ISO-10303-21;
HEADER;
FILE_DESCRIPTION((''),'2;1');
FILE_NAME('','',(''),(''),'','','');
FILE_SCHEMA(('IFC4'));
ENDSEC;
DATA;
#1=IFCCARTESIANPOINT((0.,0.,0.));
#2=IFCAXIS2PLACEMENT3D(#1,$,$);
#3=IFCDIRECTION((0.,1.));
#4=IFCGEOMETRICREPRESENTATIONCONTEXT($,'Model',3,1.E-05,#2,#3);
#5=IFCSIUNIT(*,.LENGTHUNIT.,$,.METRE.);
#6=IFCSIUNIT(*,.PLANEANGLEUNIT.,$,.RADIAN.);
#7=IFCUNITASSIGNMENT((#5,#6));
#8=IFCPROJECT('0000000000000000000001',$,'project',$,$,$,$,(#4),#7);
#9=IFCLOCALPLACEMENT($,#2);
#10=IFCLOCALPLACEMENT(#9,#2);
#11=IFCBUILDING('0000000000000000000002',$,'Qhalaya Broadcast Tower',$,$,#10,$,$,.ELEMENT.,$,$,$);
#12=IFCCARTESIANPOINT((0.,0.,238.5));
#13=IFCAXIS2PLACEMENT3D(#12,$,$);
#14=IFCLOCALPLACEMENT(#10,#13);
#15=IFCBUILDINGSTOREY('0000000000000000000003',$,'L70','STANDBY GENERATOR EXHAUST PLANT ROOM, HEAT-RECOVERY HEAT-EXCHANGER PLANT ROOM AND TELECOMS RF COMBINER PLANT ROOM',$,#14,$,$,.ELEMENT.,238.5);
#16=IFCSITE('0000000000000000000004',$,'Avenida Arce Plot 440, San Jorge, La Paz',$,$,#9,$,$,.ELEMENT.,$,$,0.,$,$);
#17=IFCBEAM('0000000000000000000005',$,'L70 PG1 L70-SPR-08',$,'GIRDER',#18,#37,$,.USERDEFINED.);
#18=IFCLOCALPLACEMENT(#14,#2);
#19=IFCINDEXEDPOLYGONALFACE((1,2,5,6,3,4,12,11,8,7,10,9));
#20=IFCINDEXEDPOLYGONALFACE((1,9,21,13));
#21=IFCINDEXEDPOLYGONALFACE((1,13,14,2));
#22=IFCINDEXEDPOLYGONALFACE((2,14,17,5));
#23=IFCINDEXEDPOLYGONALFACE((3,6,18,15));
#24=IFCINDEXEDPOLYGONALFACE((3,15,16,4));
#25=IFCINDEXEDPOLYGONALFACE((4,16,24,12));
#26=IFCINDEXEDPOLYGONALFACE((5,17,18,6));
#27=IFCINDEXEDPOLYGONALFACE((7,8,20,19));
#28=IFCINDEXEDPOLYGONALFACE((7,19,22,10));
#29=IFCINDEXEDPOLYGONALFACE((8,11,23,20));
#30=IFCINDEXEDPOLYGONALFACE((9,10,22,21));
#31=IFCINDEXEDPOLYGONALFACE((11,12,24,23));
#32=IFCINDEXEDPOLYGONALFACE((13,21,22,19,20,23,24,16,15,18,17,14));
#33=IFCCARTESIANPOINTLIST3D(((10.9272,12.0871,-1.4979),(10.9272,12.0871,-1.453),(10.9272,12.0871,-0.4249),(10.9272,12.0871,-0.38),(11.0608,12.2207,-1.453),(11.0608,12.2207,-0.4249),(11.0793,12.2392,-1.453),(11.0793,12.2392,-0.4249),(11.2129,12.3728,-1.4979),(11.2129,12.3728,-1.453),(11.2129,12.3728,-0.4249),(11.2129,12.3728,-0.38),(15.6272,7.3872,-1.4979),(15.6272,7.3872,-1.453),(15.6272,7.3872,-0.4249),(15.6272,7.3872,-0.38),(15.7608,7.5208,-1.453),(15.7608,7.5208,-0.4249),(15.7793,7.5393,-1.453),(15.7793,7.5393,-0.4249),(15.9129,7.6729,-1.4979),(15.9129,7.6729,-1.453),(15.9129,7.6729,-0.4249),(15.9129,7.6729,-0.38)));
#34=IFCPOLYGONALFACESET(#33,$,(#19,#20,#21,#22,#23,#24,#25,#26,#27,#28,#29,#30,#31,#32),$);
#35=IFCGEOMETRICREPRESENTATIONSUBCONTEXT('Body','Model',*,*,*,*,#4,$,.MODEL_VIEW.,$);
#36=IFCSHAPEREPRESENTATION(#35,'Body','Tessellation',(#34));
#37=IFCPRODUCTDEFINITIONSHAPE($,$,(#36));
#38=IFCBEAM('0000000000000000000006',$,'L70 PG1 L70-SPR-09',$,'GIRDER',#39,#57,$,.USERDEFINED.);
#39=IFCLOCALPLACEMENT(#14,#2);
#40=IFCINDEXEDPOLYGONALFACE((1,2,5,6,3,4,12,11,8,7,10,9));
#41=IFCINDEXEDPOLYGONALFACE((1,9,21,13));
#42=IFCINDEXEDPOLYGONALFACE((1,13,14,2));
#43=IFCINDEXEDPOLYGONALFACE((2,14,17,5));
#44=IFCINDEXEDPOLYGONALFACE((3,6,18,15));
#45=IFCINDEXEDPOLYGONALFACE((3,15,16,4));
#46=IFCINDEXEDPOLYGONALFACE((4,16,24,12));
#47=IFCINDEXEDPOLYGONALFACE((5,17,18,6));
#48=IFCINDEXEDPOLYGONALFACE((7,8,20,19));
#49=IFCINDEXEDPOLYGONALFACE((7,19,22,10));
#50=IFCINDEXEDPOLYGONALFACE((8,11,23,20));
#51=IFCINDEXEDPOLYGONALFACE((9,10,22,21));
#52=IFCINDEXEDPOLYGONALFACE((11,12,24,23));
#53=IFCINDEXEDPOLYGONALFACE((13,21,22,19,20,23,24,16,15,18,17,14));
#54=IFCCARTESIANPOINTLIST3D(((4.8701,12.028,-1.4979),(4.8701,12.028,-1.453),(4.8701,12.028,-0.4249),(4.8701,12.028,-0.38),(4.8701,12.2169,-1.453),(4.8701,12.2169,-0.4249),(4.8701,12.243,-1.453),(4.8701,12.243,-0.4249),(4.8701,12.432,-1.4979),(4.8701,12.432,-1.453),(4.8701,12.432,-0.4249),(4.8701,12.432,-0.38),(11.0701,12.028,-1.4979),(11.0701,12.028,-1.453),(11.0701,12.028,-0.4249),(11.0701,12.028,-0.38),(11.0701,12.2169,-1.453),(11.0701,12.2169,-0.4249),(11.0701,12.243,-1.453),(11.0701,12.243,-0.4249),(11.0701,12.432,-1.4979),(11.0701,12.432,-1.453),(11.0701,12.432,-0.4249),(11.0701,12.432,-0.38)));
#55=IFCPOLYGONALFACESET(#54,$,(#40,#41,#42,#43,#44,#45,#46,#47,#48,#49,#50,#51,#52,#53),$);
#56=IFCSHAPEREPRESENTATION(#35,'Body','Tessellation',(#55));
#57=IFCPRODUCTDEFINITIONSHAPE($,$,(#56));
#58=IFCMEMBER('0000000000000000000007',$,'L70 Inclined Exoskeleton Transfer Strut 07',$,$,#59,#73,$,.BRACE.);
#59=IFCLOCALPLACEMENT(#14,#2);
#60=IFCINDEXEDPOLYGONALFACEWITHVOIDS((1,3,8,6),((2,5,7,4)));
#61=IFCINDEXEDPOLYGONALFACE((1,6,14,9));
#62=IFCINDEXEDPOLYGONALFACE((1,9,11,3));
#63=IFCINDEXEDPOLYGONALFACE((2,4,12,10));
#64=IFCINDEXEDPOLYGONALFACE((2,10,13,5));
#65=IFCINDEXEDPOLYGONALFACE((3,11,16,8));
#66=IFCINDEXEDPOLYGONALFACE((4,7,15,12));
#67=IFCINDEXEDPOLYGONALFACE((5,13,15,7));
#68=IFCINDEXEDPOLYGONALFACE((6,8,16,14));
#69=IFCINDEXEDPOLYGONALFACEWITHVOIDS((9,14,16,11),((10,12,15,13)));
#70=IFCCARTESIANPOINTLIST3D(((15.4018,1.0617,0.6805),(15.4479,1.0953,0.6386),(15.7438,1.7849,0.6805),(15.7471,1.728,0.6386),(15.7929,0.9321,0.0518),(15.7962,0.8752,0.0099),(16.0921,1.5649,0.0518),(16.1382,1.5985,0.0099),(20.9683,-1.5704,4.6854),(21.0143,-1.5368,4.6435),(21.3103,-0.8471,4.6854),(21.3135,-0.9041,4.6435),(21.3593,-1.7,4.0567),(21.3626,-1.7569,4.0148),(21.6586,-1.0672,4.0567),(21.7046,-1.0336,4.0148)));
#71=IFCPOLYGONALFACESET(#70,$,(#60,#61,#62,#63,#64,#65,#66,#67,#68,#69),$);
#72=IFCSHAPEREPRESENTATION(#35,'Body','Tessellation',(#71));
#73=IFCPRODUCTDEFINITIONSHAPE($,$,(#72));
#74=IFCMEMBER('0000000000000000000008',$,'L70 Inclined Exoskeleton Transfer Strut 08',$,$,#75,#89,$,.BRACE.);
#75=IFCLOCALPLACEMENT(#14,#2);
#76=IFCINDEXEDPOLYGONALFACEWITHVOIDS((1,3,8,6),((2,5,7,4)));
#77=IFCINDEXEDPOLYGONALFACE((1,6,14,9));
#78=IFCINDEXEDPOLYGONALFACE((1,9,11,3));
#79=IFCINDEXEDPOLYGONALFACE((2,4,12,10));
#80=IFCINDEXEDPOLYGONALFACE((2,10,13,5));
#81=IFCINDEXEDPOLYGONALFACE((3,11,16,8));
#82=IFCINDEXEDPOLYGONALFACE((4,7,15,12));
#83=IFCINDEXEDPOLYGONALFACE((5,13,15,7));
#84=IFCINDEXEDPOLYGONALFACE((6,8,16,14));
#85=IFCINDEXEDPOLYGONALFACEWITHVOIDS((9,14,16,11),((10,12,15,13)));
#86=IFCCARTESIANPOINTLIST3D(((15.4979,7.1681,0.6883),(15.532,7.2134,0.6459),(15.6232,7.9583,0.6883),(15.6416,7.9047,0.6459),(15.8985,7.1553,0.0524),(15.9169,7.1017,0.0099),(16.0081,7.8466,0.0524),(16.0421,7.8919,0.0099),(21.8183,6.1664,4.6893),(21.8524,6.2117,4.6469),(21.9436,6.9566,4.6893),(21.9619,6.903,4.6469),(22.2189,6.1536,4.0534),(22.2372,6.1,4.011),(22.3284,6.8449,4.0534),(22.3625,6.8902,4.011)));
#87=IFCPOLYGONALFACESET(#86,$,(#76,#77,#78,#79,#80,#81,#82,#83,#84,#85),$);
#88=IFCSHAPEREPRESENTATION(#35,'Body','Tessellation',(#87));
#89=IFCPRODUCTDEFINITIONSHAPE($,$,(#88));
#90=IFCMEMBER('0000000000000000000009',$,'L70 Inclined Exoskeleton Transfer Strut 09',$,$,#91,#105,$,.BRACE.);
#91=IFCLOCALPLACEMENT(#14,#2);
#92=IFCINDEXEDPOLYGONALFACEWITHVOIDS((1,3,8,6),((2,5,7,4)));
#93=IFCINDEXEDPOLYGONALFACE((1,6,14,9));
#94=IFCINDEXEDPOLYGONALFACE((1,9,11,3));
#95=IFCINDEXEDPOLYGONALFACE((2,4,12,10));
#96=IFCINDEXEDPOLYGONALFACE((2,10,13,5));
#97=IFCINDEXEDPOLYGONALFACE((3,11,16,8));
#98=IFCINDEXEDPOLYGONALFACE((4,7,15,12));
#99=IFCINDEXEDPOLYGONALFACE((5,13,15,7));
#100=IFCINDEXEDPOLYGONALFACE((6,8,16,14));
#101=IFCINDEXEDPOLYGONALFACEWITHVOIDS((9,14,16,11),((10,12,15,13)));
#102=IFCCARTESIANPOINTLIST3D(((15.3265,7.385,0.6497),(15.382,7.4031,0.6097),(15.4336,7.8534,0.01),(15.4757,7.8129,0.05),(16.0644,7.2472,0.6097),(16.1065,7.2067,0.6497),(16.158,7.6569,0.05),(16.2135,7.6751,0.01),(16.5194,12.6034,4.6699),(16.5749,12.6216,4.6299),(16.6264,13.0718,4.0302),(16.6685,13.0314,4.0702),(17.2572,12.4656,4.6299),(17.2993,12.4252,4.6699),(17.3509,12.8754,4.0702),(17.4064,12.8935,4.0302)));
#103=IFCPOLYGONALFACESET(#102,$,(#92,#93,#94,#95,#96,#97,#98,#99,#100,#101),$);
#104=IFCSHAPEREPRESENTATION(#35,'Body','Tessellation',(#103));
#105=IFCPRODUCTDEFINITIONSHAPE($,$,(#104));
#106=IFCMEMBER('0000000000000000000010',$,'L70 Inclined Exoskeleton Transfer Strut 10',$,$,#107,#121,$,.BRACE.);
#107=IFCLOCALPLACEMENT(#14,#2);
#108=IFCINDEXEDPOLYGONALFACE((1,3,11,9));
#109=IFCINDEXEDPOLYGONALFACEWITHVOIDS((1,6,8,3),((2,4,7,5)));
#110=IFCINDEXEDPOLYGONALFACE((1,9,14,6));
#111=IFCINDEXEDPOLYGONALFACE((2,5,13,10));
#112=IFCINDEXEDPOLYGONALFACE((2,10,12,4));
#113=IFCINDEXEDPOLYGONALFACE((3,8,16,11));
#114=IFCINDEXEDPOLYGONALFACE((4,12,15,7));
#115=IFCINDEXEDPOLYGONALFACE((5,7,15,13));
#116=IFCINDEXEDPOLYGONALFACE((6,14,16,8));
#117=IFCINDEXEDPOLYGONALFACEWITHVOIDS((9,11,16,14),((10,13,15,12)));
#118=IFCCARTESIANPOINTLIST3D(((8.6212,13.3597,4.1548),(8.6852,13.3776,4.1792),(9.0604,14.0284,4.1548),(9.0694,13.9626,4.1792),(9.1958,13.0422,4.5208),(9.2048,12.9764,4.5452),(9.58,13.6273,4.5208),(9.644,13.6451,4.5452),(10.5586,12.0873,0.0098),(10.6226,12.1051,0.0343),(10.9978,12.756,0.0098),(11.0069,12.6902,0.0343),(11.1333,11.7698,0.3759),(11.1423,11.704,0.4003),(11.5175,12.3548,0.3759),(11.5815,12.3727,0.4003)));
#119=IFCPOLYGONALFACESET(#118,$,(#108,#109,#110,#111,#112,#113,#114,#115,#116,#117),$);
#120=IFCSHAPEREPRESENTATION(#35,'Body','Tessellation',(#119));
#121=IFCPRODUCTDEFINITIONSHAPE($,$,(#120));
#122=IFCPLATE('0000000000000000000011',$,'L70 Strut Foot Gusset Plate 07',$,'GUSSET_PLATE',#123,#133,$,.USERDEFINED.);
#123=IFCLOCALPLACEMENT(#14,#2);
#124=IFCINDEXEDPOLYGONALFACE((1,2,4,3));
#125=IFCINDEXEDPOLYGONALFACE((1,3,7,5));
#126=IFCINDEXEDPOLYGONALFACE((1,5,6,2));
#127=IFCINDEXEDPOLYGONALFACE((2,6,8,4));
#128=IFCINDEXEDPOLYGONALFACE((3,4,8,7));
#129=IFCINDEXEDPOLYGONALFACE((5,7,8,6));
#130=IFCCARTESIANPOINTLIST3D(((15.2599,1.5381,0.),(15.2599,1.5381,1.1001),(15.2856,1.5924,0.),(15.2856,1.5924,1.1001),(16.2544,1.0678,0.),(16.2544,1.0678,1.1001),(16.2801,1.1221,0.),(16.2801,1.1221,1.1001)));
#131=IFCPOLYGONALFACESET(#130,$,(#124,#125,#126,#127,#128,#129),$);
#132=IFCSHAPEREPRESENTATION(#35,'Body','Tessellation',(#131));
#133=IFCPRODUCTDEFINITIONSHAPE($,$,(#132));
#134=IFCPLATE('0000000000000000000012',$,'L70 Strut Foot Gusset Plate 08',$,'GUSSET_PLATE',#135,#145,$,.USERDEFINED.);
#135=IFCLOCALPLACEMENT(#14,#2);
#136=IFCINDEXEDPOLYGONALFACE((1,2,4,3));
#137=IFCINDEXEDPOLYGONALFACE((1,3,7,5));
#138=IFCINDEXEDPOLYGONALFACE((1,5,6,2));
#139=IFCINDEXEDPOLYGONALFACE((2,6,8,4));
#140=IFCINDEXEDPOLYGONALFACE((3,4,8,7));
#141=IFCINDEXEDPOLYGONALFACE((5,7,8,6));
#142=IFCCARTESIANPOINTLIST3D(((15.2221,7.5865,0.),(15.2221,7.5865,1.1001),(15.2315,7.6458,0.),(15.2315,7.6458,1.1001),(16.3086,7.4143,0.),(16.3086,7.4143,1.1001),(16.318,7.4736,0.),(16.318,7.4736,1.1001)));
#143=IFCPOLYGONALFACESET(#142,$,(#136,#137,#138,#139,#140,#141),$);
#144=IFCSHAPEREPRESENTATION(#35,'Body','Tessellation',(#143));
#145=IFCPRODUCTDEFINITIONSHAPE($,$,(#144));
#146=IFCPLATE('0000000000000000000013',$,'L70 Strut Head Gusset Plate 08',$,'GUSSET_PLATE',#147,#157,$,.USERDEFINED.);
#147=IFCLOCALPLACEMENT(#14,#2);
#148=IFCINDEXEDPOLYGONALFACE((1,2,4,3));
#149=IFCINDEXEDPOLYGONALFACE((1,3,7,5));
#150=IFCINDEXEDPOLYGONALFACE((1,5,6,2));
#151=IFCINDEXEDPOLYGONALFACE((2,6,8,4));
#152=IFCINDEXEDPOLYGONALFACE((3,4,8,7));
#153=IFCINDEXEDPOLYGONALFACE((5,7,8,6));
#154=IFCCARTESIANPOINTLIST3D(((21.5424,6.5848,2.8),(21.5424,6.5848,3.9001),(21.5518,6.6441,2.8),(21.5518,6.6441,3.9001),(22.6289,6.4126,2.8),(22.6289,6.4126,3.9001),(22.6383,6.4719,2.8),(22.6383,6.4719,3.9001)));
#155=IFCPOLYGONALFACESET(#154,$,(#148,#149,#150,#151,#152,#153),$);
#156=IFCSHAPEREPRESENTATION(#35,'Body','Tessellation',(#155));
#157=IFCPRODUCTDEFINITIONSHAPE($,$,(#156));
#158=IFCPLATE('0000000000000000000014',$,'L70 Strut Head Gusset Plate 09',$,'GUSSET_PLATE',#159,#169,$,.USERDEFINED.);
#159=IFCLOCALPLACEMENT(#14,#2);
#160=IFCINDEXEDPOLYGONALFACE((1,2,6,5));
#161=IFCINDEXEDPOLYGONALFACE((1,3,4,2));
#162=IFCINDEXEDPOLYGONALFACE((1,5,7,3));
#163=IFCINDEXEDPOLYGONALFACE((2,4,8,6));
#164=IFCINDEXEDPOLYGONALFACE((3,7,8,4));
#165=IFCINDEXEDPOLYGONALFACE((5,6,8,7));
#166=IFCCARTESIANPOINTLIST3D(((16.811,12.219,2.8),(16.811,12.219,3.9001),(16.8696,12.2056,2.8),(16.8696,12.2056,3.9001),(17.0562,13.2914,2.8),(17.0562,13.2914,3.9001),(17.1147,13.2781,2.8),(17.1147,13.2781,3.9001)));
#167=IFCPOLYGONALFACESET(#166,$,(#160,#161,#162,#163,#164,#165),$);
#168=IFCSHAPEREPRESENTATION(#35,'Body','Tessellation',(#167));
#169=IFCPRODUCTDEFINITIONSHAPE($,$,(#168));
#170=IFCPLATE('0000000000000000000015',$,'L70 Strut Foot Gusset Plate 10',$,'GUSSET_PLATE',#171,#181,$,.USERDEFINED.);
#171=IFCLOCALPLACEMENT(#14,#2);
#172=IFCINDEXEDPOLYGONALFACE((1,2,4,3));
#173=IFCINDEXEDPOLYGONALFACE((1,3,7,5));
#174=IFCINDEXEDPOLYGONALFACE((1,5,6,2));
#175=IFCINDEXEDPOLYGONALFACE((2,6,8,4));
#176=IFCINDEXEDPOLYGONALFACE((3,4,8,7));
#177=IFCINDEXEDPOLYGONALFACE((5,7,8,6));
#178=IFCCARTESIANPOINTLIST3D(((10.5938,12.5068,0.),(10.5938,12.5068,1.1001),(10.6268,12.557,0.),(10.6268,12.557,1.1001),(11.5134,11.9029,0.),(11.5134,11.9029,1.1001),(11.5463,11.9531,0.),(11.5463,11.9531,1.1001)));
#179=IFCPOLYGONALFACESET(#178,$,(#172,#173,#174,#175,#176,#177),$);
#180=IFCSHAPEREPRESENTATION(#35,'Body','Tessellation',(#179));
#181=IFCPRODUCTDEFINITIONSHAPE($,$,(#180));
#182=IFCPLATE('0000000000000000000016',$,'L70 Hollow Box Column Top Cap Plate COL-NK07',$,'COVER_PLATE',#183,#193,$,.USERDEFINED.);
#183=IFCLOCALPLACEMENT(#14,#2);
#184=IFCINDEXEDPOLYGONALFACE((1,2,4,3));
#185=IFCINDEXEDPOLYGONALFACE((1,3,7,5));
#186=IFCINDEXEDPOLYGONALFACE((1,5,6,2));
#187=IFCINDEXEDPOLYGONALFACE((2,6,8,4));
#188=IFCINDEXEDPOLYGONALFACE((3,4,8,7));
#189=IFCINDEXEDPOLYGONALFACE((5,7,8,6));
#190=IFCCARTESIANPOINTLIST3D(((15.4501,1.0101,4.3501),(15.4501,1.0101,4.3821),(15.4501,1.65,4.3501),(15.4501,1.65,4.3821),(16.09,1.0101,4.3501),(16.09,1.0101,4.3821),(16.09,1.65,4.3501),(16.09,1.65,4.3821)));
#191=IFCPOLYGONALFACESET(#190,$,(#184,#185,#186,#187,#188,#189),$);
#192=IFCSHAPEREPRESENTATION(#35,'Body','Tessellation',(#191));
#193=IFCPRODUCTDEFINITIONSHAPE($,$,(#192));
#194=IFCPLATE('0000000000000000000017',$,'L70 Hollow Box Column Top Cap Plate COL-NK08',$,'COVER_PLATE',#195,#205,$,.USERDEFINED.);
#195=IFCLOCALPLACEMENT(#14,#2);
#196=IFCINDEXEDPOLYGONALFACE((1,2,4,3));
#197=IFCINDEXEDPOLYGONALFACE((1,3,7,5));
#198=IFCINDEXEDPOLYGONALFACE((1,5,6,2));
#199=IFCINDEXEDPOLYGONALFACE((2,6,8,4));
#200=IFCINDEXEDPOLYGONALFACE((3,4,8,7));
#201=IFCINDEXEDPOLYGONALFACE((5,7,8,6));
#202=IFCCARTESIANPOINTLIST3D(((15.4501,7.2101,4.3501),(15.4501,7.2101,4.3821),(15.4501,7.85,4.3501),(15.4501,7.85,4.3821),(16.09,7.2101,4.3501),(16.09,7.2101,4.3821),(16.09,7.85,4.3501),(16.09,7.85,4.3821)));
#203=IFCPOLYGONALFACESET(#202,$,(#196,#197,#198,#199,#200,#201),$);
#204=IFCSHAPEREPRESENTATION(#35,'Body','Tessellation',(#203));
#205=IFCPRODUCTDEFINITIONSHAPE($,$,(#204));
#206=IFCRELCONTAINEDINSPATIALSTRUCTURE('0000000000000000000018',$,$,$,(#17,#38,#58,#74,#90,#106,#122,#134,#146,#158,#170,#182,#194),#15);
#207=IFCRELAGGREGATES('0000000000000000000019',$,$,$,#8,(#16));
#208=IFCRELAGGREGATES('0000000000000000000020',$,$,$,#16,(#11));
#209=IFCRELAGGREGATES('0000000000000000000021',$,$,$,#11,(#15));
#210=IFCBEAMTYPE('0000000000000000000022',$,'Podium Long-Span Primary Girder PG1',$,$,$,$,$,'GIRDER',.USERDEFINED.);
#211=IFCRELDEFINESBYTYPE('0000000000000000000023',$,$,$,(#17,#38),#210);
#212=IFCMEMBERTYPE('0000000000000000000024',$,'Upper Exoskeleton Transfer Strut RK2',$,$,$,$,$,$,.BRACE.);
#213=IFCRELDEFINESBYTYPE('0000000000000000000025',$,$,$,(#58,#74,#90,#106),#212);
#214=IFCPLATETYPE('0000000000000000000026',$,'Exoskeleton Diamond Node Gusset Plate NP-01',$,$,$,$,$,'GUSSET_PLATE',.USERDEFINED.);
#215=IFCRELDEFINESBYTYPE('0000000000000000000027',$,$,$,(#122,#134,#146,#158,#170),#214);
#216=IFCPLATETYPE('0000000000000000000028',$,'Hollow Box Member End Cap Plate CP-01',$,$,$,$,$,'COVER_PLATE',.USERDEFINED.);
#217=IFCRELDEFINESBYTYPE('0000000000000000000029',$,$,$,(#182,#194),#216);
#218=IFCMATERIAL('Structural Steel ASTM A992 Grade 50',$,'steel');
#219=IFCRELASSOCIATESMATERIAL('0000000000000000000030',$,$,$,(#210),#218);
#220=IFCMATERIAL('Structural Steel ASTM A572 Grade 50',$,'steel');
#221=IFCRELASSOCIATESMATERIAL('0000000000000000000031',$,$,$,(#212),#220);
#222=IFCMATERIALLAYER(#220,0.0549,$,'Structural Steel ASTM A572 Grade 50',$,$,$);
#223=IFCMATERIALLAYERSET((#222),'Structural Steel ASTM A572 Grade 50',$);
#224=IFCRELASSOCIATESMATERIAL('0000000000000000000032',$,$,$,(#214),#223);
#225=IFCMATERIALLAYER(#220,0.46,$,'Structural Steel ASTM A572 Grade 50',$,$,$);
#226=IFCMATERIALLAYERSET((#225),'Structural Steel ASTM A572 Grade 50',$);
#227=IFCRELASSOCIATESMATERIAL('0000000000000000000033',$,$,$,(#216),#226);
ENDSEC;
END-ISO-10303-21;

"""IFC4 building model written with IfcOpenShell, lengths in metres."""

from ifc_helpers import new_model, si_unit, direction, frame, origin, origin_2d, place, context, subcontext, project, spatial, rectangle, hollow_rectangle, i_section, extrude, material, layer, layer_set, material_profile, profile_set, type_object, element, save


model = new_model("IFC4")

# Units and contexts
model_context = context("Model", 3, precision=1e-05, world=origin(), true_north=direction((0.0, 1.0)))
body_context = subcontext(model_context, "Body", "Model", "MODEL_VIEW")
ifc_project = project(units=[si_unit("LENGTHUNIT", "METRE"), si_unit("PLANEANGLEUNIT", "RADIAN")], contexts=[model_context])

# Site, building, storey
site_placement = place(None, origin())
site = spatial("IfcSite", under=ifc_project, at=site_placement, Name="Avenida Arce Plot 440, San Jorge, La Paz", CompositionType="ELEMENT", RefElevation=0.0)
building_placement = place(site_placement, origin())
building = spatial("IfcBuilding", under=site, at=building_placement, Name="Qhalaya Broadcast Tower", CompositionType="ELEMENT")
storey_placement = place(building_placement, frame((0.0, 0.0, 238.5)))
storey = spatial("IfcBuildingStorey", under=building, at=storey_placement, Name="L70", Description="STANDBY GENERATOR EXHAUST PLANT ROOM, HEAT-RECOVERY HEAT-EXCHANGER PLANT ROOM AND TELECOMS RF COMBINER PLANT ROOM", CompositionType="ELEMENT", Elevation=238.5)

# Shared definitions
ifc_material_1 = material(Name="Structural Steel ASTM A572 Grade 50", Category="steel")

# Beams
ifc_material_2 = material(Name="Structural Steel ASTM A992 Grade 50", Category="steel")
ifc_material_profile_1 = material_profile(ifc_material_2, i_section(OverallWidth=0.4041, OverallDepth=1.1179, WebThickness=0.0261, FlangeThickness=0.0449, at=origin_2d()), Name="W44X335")
ifc_profile_set_1 = profile_set([ifc_material_profile_1], Name="Structural Steel ASTM A992 Grade 50")
beam_type_1 = type_object("IfcBeamType", Name="Podium Long-Span Primary Girder PG1", ElementType="GIRDER", PredefinedType="USERDEFINED", material=ifc_profile_set_1)
beam_1_placement = place(storey_placement, frame((15.77, 7.53, -0.939), z_axis=(-0.707107, 0.707107, 0.0), x_axis=(-0.707107, -0.707107, 0.0)))
element("IfcBeam", 1, at=beam_1_placement, inside=storey, type_object=beam_type_1, Name="L70 PG1 L70-SPR-08", ObjectType="GIRDER", PredefinedType="USERDEFINED", context=body_context, shape_type="SweptSolid", body=[
    extrude(i_section(OverallWidth=0.4041, OverallDepth=1.1179, WebThickness=0.0261, FlangeThickness=0.0449, at=origin_2d()), origin(), (0.0, 0.0, 1.0), 6.6467),
])
beam_2_placement = place(storey_placement, frame((11.0701, 12.23, -0.939), z_axis=(-1.0, 0.0, 0.0), x_axis=(0.0, -1.0, 0.0)))
element("IfcBeam", 2, at=beam_2_placement, inside=storey, type_object=beam_type_1, Name="L70 PG1 L70-SPR-09", ObjectType="GIRDER", PredefinedType="USERDEFINED", context=body_context, shape_type="SweptSolid", body=[
    extrude(i_section(OverallWidth=0.4041, OverallDepth=1.1179, WebThickness=0.0261, FlangeThickness=0.0449, at=origin_2d()), origin(), (0.0, 0.0, 1.0), 6.2),
])

# Members
ifc_material_profile_2 = material_profile(ifc_material_1, hollow_rectangle(XDim=0.8, YDim=0.8, WallThickness=0.05, at=origin_2d()), Name="BOX 800x800x50")
ifc_profile_set_2 = profile_set([ifc_material_profile_2], Name="Structural Steel ASTM A572 Grade 50")
member_type = type_object("IfcMemberType", Name="Upper Exoskeleton Transfer Strut RK2", PredefinedType="BRACE", material=ifc_profile_set_2)
member_1_placement = place(storey_placement, frame((15.77, 1.3301, 0.3452), z_axis=(0.75783, -0.358341, 0.545239), x_axis=(0.427471, 0.904029, 0.0)))
element("IfcMember", 3, at=member_1_placement, inside=storey, type_object=member_type, Name="L70 Inclined Exoskeleton Transfer Strut 07", PredefinedType="BRACE", context=body_context, shape_type="SweptSolid", body=[
    extrude(hollow_rectangle(XDim=0.8, YDim=0.8, WallThickness=0.05, at=origin_2d()), origin(), (0.0, 0.0, 1.0), 7.3452),
])
member_2_placement = place(storey_placement, frame((15.77, 7.53, 0.3491), z_axis=(0.837457, -0.132729, 0.53014), x_axis=(0.156537, 0.987672, 0.0)))
element("IfcMember", 4, at=member_2_placement, inside=storey, type_object=member_type, Name="L70 Inclined Exoskeleton Transfer Strut 08", PredefinedType="BRACE", context=body_context, shape_type="SweptSolid", body=[
    extrude(hollow_rectangle(XDim=0.8, YDim=0.8, WallThickness=0.05, at=origin_2d()), origin(), (0.0, 0.0, 1.0), 7.5471),
])
member_3_placement = place(storey_placement, frame((15.77, 7.53, 0.3298), z_axis=(0.178183, 0.779505, 0.600519), x_axis=(-0.974856, 0.222837, 0.0)))
element("IfcMember", 5, at=member_3_placement, inside=storey, type_object=member_type, Name="L70 Inclined Exoskeleton Transfer Strut 09", PredefinedType="BRACE", context=body_context, shape_type="SweptSolid", body=[
    extrude(hollow_rectangle(XDim=0.8, YDim=0.8, WallThickness=0.05, at=origin_2d()), origin(), (0.0, 0.0, 1.0), 6.6946),
])
member_4_placement = place(storey_placement, frame((11.0701, 12.23, 0.2051), z_axis=(-0.407969, 0.267936, 0.872795), x_axis=(-0.548951, -0.835855, 0.0)))
element("IfcMember", 6, at=member_4_placement, inside=storey, type_object=member_type, Name="L70 Inclined Exoskeleton Transfer Strut 10", PredefinedType="BRACE", context=body_context, shape_type="SweptSolid", body=[
    extrude(hollow_rectangle(XDim=0.8, YDim=0.8, WallThickness=0.05, at=origin_2d()), origin(), (0.0, 0.0, 1.0), 4.749),
])

# Plates
ifc_layer_1 = layer(ifc_material_1, 0.0549, Name="Structural Steel ASTM A572 Grade 50")
ifc_layer_set_1 = layer_set([ifc_layer_1], Name="Structural Steel ASTM A572 Grade 50")
plate_type_1 = type_object("IfcPlateType", Name="Exoskeleton Diamond Node Gusset Plate NP-01", ElementType="GUSSET_PLATE", PredefinedType="USERDEFINED", material=ifc_layer_set_1)
for number, where, z_axis, x_axis, name in (
    (7, (15.77, 1.3301, 0.0), (0.0, 0.0, 1.0), (0.90403, -0.427468, 0.0), "L70 Strut Foot Gusset Plate 07"),
    (8, (15.77, 7.53, 0.0), (0.0, 0.0, 1.0), (0.987675, -0.156521, 0.0), "L70 Strut Foot Gusset Plate 08"),
    (9, (22.0903, 6.5283, 2.8), (0.0, 0.0, 1.0), (0.987675, -0.156521, 0.0), "L70 Strut Head Gusset Plate 08"),
    (10, (16.9629, 12.7485, 2.8), (0.0, 0.0, 1.0), (0.222859, 0.974851, 0.0), "L70 Strut Head Gusset Plate 09"),
    (11, (11.0701, 12.23, 0.0), (0.0, 0.0, 1.0), (-0.835865, 0.548935, 0.0), "L70 Strut Foot Gusset Plate 10"),
):
    element("IfcPlate", number, at=place(storey_placement, frame(where, z_axis=z_axis, x_axis=x_axis)), inside=storey, type_object=plate_type_1, Name=name, ObjectType="GUSSET_PLATE", PredefinedType="USERDEFINED", context=body_context, shape_type="SweptSolid", body=[
        extrude(rectangle(XDim=1.1001, YDim=0.0601, at=origin_2d()), origin(), (0.0, 0.0, 1.0), 1.1001),
    ])
ifc_layer_2 = layer(ifc_material_1, 0.46, Name="Structural Steel ASTM A572 Grade 50")
ifc_layer_set_2 = layer_set([ifc_layer_2], Name="Structural Steel ASTM A572 Grade 50")
plate_type_2 = type_object("IfcPlateType", Name="Hollow Box Member End Cap Plate CP-01", ElementType="COVER_PLATE", PredefinedType="USERDEFINED", material=ifc_layer_set_2)
for number, where, z_axis, x_axis, name in (
    (12, (15.77, 1.3301, 4.3501), (0.0, 0.0, 1.0), (0.0, 1.0, 0.0), "L70 Hollow Box Column Top Cap Plate COL-NK07"),
    (13, (15.77, 7.53, 4.3501), (0.0, 0.0, 1.0), (0.0, 1.0, 0.0), "L70 Hollow Box Column Top Cap Plate COL-NK08"),
):
    element("IfcPlate", number, at=place(storey_placement, frame(where, z_axis=z_axis, x_axis=x_axis)), inside=storey, type_object=plate_type_2, Name=name, ObjectType="COVER_PLATE", PredefinedType="USERDEFINED", context=body_context, shape_type="SweptSolid", body=[
        extrude(rectangle(XDim=0.6399, YDim=0.6399, at=origin_2d()), origin(), (0.0, 0.0, 1.0), 0.032),
    ])

save(model, "model.ifc")
